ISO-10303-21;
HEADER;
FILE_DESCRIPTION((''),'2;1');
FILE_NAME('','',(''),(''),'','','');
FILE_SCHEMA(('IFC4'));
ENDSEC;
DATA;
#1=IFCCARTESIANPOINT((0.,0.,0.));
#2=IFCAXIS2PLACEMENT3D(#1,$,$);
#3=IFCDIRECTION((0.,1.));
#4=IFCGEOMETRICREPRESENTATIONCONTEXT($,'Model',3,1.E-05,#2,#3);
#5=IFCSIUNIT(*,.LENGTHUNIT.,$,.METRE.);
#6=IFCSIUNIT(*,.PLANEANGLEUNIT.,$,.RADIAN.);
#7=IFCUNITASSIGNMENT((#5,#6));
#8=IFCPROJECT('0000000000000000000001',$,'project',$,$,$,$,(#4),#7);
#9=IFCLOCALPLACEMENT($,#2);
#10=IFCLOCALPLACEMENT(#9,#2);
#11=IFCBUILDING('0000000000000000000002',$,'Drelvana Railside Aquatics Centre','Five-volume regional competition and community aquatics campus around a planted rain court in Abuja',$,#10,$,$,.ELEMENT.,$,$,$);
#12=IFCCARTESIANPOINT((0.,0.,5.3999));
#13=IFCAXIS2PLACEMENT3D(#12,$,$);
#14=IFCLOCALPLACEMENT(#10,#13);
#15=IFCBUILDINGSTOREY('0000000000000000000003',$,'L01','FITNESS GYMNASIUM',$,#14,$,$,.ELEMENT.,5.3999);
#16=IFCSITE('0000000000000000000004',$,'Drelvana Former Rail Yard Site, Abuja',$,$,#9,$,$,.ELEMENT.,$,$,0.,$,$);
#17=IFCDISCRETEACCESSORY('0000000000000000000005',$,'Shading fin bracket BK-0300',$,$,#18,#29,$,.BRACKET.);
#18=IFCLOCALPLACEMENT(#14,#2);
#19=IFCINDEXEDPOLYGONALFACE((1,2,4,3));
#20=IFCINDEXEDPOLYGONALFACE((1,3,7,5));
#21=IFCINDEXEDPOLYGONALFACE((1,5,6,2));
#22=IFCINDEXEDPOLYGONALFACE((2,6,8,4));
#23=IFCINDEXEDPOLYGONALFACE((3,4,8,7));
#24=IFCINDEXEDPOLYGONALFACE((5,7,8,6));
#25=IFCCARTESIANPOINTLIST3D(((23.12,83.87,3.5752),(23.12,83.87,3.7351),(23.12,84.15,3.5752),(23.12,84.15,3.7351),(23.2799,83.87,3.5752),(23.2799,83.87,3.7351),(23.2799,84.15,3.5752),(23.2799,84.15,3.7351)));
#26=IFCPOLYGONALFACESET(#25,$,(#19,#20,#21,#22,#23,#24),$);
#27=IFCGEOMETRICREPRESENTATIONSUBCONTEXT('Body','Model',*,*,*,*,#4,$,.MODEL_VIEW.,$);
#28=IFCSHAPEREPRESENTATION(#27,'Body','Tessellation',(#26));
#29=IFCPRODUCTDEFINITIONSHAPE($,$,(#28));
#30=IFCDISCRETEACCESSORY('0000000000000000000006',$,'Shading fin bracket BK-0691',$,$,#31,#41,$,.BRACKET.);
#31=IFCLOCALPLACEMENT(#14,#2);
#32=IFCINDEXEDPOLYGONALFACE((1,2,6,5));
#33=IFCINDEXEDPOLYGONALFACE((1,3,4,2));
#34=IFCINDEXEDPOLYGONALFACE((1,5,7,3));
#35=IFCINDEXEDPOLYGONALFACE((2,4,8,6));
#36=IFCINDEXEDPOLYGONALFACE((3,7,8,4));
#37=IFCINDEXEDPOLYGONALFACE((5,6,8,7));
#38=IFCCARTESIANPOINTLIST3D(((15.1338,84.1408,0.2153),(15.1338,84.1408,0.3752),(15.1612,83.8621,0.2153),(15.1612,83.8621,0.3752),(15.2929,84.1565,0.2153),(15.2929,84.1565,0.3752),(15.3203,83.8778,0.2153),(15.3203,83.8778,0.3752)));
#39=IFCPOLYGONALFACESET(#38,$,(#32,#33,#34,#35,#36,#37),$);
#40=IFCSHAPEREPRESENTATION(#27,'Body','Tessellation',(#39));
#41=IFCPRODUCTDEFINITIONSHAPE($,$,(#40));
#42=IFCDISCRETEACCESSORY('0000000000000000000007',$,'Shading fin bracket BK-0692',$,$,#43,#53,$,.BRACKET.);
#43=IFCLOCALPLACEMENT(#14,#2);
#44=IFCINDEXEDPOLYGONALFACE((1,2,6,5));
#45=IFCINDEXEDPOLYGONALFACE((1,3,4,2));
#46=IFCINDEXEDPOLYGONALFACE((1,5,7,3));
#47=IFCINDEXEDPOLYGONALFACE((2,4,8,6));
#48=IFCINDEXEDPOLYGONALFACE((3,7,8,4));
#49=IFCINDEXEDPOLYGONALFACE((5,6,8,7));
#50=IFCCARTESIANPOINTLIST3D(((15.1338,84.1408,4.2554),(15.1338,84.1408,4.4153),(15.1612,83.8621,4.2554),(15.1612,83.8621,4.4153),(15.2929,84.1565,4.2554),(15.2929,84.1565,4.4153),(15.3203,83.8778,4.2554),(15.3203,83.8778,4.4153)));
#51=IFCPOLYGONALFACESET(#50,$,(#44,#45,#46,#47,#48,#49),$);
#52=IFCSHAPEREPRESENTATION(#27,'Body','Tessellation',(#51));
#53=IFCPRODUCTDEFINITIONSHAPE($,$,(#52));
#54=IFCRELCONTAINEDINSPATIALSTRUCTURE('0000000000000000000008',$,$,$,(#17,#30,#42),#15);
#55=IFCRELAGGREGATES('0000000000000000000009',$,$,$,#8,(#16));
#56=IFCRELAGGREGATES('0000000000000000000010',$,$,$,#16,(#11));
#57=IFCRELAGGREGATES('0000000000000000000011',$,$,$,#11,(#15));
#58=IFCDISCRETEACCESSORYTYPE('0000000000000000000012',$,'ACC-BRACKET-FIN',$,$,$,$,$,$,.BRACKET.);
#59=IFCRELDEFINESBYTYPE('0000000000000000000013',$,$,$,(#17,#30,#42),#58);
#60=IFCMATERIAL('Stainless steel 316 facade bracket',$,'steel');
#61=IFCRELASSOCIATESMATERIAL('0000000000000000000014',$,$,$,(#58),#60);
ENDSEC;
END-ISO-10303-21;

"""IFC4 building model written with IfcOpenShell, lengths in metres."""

from ifc_helpers import new_model, si_unit, direction, frame, origin, origin_2d, place, context, subcontext, project, spatial, rectangle, extrude, material, type_object, element, save


model = new_model("IFC4")

# Units and contexts
model_context = context("Model", 3, precision=1e-05, world=origin(), true_north=direction((0.0, 1.0)))
body_context = subcontext(model_context, "Body", "Model", "MODEL_VIEW")
ifc_project = project(units=[si_unit("LENGTHUNIT", "METRE"), si_unit("PLANEANGLEUNIT", "RADIAN")], contexts=[model_context])

# Site, building, storey
site_placement = place(None, origin())
site = spatial("IfcSite", under=ifc_project, at=site_placement, Name="Drelvana Former Rail Yard Site, Abuja", CompositionType="ELEMENT", RefElevation=0.0)
building_placement = place(site_placement, origin())
building = spatial("IfcBuilding", under=site, at=building_placement, Name="Drelvana Railside Aquatics Centre", Description="Five-volume regional competition and community aquatics campus around a planted rain court in Abuja", CompositionType="ELEMENT")
storey_placement = place(building_placement, frame((0.0, 0.0, 5.3999)))
storey = spatial("IfcBuildingStorey", under=building, at=storey_placement, Name="L01", Description="FITNESS GYMNASIUM", CompositionType="ELEMENT", Elevation=5.3999)

# Discrete accessories
ifc_material_1 = material(Name="Stainless steel 316 facade bracket", Category="steel")
discrete_accessory_type = type_object("IfcDiscreteAccessoryType", Name="ACC-BRACKET-FIN", PredefinedType="BRACKET", material=ifc_material_1)
for number, where, z_axis, x_axis, name in (
    (1, (23.2, 84.01, 3.5752), (0.0, 0.0, 1.0), (0.0, 1.0, 0.0), "Shading fin bracket BK-0300"),
    (2, (15.2271, 84.0093, 0.2153), (0.0, 0.0, 1.0), (-0.098017, 0.995185, 0.0), "Shading fin bracket BK-0691"),
    (3, (15.2271, 84.0093, 4.2554), (0.0, 0.0, 1.0), (-0.098017, 0.995185, 0.0), "Shading fin bracket BK-0692"),
):
    element("IfcDiscreteAccessory", number, at=place(storey_placement, frame(where, z_axis=z_axis, x_axis=x_axis)), inside=storey, type_object=discrete_accessory_type, Name=name, PredefinedType="BRACKET", context=body_context, shape_type="SweptSolid", body=[
        extrude(rectangle(XDim=0.28, YDim=0.1599, at=origin_2d()), origin(), (0.0, 0.0, 1.0), 0.1599),
    ])

save(model, "model.ifc")
